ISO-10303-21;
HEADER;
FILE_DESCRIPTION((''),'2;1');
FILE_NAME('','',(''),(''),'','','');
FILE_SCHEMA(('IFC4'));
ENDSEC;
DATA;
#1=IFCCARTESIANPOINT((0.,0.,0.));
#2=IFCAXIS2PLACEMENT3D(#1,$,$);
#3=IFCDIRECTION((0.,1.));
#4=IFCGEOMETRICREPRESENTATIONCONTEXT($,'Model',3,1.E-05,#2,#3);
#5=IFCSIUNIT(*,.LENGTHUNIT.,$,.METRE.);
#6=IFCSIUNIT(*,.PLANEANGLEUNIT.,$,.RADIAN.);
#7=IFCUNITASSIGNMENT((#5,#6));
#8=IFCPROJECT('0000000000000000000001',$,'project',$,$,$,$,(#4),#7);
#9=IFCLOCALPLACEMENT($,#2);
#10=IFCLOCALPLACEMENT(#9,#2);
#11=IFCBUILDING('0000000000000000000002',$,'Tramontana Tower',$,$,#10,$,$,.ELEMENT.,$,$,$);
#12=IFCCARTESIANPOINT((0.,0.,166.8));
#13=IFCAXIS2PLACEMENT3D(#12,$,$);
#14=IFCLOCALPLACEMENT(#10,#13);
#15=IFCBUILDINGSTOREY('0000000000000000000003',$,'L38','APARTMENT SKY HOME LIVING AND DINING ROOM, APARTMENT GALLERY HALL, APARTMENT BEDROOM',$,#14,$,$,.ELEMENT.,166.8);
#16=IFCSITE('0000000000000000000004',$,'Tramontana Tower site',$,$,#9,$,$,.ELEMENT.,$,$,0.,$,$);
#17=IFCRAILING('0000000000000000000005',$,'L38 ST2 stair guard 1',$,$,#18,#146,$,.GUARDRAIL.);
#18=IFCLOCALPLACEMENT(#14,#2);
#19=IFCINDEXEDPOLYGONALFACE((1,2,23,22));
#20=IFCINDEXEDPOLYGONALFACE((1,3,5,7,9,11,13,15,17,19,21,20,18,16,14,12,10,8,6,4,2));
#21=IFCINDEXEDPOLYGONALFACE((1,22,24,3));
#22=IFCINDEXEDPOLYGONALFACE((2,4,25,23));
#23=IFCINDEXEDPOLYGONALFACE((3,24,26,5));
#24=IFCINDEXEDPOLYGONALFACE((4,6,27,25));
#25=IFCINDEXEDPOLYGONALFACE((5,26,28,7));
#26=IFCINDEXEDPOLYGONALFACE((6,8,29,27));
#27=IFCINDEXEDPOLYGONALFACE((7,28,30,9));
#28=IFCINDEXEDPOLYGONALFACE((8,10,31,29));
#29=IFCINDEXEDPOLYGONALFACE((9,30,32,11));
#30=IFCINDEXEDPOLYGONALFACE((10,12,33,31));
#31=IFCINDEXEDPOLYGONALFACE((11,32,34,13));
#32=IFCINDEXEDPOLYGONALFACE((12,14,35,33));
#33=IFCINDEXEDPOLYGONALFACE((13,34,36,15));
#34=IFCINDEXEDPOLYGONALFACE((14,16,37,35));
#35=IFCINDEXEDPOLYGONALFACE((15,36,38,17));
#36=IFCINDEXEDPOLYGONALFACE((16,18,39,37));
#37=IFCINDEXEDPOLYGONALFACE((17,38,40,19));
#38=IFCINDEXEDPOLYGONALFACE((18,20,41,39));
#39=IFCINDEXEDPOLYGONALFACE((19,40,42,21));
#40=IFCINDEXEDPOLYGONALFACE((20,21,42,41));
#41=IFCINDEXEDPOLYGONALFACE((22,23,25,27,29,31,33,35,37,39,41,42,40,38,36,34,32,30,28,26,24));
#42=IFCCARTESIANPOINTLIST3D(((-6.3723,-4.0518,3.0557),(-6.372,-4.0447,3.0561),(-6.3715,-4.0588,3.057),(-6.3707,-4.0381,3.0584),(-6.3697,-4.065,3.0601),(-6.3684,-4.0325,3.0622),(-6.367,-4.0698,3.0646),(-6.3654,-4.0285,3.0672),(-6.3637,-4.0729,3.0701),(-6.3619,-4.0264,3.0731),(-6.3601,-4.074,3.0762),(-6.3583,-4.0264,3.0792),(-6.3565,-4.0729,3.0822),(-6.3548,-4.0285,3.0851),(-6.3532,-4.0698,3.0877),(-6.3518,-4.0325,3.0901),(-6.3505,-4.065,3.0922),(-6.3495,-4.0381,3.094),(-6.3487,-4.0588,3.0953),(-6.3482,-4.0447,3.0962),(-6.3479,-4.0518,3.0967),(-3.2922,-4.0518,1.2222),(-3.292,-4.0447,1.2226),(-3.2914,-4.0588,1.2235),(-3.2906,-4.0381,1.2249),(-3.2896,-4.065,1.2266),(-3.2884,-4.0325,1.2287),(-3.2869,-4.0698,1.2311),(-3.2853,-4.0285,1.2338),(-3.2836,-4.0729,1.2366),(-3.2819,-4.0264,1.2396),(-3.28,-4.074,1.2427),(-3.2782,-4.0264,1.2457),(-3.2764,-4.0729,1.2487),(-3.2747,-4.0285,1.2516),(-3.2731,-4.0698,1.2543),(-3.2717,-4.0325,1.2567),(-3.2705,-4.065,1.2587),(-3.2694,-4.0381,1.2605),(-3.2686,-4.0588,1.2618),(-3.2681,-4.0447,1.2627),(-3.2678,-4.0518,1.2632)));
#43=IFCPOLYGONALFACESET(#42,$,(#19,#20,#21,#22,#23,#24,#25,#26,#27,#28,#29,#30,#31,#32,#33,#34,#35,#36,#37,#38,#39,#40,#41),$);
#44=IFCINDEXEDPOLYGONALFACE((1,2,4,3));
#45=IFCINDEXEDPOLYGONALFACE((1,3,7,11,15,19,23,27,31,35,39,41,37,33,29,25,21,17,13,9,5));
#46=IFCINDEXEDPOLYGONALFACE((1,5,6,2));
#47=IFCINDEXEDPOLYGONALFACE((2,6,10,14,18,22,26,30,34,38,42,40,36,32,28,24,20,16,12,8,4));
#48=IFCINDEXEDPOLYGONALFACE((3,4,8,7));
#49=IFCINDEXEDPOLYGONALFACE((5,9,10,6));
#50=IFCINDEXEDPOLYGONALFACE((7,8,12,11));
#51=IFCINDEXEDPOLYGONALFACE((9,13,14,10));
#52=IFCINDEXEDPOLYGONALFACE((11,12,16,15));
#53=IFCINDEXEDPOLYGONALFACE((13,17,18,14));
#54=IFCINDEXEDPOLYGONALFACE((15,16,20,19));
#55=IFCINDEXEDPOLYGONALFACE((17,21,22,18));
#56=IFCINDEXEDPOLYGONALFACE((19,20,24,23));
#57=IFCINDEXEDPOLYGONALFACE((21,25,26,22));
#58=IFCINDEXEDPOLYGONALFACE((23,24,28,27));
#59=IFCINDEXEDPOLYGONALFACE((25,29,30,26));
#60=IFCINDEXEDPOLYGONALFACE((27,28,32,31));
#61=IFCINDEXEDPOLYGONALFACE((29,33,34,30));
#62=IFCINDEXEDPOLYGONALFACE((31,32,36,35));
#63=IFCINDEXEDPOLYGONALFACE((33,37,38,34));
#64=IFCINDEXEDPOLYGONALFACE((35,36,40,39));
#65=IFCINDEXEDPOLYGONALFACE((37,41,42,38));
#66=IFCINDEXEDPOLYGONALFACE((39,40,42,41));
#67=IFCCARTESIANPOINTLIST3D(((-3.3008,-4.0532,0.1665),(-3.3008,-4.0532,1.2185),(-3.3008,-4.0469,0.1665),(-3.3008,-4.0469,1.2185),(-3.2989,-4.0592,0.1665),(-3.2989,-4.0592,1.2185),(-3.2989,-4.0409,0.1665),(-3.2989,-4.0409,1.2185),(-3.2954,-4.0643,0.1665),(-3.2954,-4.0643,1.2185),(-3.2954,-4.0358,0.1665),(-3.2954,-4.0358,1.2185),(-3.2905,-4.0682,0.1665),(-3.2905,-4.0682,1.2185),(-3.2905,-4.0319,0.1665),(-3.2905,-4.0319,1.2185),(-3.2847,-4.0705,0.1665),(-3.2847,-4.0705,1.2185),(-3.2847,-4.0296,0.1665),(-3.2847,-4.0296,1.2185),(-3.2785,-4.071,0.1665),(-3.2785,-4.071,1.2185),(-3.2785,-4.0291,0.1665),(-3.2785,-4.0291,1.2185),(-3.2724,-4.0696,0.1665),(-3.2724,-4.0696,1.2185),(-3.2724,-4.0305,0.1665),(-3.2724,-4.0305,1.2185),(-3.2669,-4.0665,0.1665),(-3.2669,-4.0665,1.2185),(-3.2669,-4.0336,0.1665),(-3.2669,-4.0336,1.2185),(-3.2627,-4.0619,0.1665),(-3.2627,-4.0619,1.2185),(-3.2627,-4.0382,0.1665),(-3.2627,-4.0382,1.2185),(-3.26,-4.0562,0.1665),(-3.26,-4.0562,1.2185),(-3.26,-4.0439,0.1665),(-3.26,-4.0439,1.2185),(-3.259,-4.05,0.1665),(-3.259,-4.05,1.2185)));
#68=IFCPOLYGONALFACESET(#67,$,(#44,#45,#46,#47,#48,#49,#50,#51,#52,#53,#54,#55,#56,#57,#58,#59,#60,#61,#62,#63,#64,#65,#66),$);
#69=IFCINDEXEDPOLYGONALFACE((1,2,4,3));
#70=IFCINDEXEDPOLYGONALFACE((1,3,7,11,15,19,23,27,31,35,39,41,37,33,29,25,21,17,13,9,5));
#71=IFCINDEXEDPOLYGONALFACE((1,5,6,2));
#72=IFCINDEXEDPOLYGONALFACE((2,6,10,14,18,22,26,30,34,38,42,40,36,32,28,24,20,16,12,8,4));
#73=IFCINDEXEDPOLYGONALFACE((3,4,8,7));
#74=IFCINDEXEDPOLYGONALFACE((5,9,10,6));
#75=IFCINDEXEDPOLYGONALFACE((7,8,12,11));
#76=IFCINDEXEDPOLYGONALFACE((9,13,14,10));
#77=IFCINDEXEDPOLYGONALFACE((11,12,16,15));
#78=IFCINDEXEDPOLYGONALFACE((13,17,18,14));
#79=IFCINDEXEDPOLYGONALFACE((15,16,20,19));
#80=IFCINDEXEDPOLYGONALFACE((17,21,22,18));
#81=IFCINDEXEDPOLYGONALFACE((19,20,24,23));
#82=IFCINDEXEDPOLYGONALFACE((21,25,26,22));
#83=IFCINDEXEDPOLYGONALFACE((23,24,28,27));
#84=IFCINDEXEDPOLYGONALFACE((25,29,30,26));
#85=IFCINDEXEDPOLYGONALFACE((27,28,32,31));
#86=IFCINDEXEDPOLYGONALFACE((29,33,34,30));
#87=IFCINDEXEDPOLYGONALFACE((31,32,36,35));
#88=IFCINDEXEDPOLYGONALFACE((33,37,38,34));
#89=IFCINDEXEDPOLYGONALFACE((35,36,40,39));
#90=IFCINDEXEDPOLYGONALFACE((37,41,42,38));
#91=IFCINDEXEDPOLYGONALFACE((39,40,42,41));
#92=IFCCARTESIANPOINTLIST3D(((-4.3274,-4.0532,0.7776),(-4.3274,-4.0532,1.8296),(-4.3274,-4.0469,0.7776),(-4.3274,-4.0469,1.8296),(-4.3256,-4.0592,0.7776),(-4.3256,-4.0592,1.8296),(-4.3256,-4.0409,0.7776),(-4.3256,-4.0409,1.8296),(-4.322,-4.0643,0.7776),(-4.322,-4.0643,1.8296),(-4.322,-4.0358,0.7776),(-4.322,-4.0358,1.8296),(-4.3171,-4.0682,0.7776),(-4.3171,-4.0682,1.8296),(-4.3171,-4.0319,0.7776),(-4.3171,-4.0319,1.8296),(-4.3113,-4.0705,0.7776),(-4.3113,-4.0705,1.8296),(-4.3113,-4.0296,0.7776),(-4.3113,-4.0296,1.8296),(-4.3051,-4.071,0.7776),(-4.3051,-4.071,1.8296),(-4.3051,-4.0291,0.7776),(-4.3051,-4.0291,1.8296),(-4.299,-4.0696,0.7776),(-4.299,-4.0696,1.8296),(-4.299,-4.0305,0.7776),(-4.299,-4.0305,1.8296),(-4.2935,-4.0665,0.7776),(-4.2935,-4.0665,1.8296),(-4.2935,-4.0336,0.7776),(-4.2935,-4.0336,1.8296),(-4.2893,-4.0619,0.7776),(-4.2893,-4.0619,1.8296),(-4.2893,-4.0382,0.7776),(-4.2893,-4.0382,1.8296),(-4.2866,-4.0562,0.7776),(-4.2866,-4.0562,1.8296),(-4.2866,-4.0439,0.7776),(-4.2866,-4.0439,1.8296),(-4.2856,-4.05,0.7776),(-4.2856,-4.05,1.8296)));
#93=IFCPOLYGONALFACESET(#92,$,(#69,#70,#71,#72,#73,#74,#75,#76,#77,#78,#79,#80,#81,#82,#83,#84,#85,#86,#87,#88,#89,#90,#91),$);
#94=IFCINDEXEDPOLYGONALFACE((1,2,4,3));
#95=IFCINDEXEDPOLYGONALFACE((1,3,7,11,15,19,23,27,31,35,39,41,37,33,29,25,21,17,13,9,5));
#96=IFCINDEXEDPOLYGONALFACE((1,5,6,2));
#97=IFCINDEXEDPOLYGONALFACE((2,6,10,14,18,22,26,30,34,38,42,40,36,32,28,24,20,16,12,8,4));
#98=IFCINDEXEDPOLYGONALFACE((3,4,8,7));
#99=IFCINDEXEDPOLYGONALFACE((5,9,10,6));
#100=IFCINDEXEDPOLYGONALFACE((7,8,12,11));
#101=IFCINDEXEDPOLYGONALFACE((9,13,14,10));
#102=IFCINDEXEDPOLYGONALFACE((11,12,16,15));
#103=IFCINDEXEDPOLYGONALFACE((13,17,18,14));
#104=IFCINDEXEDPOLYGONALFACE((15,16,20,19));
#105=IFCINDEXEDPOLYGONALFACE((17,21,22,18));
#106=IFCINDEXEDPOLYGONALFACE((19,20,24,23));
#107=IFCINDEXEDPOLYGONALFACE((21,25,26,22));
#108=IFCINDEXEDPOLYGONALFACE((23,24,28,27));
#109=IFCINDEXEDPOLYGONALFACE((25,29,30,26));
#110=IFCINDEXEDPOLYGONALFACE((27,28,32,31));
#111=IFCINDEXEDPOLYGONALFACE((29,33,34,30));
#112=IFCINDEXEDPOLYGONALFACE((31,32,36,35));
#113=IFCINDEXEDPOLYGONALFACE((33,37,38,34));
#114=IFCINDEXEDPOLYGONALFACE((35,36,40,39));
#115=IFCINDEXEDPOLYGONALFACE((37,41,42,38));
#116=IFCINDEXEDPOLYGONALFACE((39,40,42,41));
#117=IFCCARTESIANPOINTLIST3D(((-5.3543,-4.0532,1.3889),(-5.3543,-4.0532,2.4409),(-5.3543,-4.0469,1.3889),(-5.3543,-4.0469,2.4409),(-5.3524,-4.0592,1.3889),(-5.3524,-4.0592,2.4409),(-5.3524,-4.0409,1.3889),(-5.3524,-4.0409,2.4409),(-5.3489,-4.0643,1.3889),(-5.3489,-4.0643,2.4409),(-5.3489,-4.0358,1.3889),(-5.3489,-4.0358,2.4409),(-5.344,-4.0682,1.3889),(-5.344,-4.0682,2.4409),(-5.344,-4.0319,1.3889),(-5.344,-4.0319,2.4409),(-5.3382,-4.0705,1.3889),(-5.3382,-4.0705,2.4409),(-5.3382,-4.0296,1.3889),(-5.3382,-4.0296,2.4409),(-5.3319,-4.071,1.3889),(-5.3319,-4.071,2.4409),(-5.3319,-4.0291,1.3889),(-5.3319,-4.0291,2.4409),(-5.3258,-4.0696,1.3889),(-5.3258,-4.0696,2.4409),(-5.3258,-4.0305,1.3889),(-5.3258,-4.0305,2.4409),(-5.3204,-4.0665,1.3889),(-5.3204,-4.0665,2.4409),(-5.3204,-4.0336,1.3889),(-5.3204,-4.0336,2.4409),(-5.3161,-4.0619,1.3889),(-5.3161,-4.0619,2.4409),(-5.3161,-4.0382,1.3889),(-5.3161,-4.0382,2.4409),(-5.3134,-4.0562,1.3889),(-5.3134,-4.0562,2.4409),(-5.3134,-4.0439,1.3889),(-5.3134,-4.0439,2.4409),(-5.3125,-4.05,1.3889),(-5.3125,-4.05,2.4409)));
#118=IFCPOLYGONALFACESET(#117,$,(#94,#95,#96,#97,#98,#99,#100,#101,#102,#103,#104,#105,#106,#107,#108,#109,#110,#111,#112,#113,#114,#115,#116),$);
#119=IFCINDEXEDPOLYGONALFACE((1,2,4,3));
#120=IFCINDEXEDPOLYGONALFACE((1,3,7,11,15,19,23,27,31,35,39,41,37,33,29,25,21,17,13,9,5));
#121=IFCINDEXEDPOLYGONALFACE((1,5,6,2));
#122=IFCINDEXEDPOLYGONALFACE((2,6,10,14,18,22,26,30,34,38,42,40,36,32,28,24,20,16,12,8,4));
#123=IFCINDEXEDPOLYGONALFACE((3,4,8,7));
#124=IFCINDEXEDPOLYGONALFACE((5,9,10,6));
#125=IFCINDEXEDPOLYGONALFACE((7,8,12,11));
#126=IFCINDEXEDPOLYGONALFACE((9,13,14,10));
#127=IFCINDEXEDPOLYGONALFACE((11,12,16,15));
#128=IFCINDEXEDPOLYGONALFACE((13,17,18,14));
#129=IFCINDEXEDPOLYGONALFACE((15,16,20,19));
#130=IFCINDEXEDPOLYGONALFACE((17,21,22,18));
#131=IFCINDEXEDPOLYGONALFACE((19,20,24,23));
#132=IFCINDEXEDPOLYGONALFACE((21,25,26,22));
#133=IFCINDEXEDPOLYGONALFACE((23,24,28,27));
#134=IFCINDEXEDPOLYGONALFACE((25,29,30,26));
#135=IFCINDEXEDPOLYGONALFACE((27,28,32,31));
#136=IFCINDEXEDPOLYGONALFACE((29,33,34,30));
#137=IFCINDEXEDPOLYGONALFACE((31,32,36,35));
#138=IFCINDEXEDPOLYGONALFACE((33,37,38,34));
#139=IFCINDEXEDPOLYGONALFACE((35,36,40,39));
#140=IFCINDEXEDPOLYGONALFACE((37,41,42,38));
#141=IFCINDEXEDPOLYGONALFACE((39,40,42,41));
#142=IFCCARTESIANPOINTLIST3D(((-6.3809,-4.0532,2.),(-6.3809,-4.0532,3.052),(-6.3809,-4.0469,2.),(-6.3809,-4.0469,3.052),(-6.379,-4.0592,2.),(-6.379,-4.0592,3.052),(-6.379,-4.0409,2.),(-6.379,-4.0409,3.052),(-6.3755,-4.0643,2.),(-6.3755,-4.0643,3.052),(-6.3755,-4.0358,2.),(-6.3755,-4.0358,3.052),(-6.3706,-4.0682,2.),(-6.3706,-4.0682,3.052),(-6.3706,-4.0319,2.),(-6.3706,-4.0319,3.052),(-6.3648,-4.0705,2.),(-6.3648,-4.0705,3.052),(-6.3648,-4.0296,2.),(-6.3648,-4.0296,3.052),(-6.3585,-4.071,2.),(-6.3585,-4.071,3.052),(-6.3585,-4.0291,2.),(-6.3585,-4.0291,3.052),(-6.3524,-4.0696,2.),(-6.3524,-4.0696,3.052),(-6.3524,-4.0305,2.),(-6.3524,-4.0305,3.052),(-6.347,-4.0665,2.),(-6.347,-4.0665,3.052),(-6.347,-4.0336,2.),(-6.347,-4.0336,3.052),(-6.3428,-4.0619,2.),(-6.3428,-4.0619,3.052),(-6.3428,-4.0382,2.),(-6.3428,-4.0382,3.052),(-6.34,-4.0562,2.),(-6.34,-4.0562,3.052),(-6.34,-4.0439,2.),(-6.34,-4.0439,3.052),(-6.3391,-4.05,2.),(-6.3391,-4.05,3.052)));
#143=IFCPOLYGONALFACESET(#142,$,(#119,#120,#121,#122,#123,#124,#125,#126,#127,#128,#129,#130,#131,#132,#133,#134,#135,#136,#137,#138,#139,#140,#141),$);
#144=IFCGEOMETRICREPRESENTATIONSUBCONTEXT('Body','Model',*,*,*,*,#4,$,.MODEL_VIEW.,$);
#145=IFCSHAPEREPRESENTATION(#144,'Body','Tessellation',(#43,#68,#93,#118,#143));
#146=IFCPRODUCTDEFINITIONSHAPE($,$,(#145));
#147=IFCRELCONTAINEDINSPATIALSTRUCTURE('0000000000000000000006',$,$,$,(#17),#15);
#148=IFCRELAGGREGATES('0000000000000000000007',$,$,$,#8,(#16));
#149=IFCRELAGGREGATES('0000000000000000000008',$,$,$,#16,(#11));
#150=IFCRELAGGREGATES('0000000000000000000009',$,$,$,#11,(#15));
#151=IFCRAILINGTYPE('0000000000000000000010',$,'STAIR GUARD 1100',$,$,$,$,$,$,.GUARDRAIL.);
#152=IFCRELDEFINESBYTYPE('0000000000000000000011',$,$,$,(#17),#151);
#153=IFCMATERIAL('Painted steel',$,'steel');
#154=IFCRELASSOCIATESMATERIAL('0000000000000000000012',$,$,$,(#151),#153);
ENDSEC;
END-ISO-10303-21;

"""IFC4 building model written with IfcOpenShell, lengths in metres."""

from ifc_helpers import new_model, si_unit, direction, frame, origin, origin_2d, place, context, subcontext, project, spatial, circle, extrude, material, type_object, element, save


model = new_model("IFC4")

# Units and contexts
model_context = context("Model", 3, precision=1e-05, world=origin(), true_north=direction((0.0, 1.0)))
body_context = subcontext(model_context, "Body", "Model", "MODEL_VIEW")
ifc_project = project(units=[si_unit("LENGTHUNIT", "METRE"), si_unit("PLANEANGLEUNIT", "RADIAN")], contexts=[model_context])

# Site, building, storey
site_placement = place(None, origin())
site = spatial("IfcSite", under=ifc_project, at=site_placement, Name="Tramontana Tower site", CompositionType="ELEMENT", RefElevation=0.0)
building_placement = place(site_placement, origin())
building = spatial("IfcBuilding", under=site, at=building_placement, Name="Tramontana Tower", CompositionType="ELEMENT")
storey_placement = place(building_placement, frame((0.0, 0.0, 166.8)))
storey = spatial("IfcBuildingStorey", under=building, at=storey_placement, Name="L38", Description="APARTMENT SKY HOME LIVING AND DINING ROOM, APARTMENT GALLERY HALL, APARTMENT BEDROOM", CompositionType="ELEMENT", Elevation=166.8)

# Railing
ifc_material_1 = material(Name="Painted steel", Category="steel")
railing_type_1 = type_object("IfcRailingType", Name="STAIR GUARD 1100", PredefinedType="GUARDRAIL", material=ifc_material_1)
railing_1_placement = place(storey_placement, frame((-3.28, -4.05, 0.1665)))
element("IfcRailing", 1, at=railing_1_placement, inside=storey, type_object=railing_type_1, Name="L38 ST2 stair guard 1", PredefinedType="GUARDRAIL", context=body_context, shape_type="SweptSolid", body=[
    extrude(circle(Radius=0.0239, at=origin_2d()), frame((0.0, 0.0, 1.0762), z_axis=(-0.859279, 0.0, 0.511508), x_axis=(0.0, -1.0, 0.0)), (0.0, 0.0, 1.0), 3.5845),
    extrude(circle(Radius=0.021, at=origin_2d()), origin(), (0.0, 0.0, 1.0), 1.052),
    extrude(circle(Radius=0.021, at=origin_2d()), frame((-1.0266, 0.0, 0.6111)), (0.0, 0.0, 1.0), 1.052),
    extrude(circle(Radius=0.021, at=origin_2d()), frame((-2.0535, 0.0, 1.2224)), (0.0, 0.0, 1.0), 1.052),
    extrude(circle(Radius=0.021, at=origin_2d()), frame((-3.0801, 0.0, 1.8335)), (0.0, 0.0, 1.0), 1.052),
])

save(model, "model.ifc")
